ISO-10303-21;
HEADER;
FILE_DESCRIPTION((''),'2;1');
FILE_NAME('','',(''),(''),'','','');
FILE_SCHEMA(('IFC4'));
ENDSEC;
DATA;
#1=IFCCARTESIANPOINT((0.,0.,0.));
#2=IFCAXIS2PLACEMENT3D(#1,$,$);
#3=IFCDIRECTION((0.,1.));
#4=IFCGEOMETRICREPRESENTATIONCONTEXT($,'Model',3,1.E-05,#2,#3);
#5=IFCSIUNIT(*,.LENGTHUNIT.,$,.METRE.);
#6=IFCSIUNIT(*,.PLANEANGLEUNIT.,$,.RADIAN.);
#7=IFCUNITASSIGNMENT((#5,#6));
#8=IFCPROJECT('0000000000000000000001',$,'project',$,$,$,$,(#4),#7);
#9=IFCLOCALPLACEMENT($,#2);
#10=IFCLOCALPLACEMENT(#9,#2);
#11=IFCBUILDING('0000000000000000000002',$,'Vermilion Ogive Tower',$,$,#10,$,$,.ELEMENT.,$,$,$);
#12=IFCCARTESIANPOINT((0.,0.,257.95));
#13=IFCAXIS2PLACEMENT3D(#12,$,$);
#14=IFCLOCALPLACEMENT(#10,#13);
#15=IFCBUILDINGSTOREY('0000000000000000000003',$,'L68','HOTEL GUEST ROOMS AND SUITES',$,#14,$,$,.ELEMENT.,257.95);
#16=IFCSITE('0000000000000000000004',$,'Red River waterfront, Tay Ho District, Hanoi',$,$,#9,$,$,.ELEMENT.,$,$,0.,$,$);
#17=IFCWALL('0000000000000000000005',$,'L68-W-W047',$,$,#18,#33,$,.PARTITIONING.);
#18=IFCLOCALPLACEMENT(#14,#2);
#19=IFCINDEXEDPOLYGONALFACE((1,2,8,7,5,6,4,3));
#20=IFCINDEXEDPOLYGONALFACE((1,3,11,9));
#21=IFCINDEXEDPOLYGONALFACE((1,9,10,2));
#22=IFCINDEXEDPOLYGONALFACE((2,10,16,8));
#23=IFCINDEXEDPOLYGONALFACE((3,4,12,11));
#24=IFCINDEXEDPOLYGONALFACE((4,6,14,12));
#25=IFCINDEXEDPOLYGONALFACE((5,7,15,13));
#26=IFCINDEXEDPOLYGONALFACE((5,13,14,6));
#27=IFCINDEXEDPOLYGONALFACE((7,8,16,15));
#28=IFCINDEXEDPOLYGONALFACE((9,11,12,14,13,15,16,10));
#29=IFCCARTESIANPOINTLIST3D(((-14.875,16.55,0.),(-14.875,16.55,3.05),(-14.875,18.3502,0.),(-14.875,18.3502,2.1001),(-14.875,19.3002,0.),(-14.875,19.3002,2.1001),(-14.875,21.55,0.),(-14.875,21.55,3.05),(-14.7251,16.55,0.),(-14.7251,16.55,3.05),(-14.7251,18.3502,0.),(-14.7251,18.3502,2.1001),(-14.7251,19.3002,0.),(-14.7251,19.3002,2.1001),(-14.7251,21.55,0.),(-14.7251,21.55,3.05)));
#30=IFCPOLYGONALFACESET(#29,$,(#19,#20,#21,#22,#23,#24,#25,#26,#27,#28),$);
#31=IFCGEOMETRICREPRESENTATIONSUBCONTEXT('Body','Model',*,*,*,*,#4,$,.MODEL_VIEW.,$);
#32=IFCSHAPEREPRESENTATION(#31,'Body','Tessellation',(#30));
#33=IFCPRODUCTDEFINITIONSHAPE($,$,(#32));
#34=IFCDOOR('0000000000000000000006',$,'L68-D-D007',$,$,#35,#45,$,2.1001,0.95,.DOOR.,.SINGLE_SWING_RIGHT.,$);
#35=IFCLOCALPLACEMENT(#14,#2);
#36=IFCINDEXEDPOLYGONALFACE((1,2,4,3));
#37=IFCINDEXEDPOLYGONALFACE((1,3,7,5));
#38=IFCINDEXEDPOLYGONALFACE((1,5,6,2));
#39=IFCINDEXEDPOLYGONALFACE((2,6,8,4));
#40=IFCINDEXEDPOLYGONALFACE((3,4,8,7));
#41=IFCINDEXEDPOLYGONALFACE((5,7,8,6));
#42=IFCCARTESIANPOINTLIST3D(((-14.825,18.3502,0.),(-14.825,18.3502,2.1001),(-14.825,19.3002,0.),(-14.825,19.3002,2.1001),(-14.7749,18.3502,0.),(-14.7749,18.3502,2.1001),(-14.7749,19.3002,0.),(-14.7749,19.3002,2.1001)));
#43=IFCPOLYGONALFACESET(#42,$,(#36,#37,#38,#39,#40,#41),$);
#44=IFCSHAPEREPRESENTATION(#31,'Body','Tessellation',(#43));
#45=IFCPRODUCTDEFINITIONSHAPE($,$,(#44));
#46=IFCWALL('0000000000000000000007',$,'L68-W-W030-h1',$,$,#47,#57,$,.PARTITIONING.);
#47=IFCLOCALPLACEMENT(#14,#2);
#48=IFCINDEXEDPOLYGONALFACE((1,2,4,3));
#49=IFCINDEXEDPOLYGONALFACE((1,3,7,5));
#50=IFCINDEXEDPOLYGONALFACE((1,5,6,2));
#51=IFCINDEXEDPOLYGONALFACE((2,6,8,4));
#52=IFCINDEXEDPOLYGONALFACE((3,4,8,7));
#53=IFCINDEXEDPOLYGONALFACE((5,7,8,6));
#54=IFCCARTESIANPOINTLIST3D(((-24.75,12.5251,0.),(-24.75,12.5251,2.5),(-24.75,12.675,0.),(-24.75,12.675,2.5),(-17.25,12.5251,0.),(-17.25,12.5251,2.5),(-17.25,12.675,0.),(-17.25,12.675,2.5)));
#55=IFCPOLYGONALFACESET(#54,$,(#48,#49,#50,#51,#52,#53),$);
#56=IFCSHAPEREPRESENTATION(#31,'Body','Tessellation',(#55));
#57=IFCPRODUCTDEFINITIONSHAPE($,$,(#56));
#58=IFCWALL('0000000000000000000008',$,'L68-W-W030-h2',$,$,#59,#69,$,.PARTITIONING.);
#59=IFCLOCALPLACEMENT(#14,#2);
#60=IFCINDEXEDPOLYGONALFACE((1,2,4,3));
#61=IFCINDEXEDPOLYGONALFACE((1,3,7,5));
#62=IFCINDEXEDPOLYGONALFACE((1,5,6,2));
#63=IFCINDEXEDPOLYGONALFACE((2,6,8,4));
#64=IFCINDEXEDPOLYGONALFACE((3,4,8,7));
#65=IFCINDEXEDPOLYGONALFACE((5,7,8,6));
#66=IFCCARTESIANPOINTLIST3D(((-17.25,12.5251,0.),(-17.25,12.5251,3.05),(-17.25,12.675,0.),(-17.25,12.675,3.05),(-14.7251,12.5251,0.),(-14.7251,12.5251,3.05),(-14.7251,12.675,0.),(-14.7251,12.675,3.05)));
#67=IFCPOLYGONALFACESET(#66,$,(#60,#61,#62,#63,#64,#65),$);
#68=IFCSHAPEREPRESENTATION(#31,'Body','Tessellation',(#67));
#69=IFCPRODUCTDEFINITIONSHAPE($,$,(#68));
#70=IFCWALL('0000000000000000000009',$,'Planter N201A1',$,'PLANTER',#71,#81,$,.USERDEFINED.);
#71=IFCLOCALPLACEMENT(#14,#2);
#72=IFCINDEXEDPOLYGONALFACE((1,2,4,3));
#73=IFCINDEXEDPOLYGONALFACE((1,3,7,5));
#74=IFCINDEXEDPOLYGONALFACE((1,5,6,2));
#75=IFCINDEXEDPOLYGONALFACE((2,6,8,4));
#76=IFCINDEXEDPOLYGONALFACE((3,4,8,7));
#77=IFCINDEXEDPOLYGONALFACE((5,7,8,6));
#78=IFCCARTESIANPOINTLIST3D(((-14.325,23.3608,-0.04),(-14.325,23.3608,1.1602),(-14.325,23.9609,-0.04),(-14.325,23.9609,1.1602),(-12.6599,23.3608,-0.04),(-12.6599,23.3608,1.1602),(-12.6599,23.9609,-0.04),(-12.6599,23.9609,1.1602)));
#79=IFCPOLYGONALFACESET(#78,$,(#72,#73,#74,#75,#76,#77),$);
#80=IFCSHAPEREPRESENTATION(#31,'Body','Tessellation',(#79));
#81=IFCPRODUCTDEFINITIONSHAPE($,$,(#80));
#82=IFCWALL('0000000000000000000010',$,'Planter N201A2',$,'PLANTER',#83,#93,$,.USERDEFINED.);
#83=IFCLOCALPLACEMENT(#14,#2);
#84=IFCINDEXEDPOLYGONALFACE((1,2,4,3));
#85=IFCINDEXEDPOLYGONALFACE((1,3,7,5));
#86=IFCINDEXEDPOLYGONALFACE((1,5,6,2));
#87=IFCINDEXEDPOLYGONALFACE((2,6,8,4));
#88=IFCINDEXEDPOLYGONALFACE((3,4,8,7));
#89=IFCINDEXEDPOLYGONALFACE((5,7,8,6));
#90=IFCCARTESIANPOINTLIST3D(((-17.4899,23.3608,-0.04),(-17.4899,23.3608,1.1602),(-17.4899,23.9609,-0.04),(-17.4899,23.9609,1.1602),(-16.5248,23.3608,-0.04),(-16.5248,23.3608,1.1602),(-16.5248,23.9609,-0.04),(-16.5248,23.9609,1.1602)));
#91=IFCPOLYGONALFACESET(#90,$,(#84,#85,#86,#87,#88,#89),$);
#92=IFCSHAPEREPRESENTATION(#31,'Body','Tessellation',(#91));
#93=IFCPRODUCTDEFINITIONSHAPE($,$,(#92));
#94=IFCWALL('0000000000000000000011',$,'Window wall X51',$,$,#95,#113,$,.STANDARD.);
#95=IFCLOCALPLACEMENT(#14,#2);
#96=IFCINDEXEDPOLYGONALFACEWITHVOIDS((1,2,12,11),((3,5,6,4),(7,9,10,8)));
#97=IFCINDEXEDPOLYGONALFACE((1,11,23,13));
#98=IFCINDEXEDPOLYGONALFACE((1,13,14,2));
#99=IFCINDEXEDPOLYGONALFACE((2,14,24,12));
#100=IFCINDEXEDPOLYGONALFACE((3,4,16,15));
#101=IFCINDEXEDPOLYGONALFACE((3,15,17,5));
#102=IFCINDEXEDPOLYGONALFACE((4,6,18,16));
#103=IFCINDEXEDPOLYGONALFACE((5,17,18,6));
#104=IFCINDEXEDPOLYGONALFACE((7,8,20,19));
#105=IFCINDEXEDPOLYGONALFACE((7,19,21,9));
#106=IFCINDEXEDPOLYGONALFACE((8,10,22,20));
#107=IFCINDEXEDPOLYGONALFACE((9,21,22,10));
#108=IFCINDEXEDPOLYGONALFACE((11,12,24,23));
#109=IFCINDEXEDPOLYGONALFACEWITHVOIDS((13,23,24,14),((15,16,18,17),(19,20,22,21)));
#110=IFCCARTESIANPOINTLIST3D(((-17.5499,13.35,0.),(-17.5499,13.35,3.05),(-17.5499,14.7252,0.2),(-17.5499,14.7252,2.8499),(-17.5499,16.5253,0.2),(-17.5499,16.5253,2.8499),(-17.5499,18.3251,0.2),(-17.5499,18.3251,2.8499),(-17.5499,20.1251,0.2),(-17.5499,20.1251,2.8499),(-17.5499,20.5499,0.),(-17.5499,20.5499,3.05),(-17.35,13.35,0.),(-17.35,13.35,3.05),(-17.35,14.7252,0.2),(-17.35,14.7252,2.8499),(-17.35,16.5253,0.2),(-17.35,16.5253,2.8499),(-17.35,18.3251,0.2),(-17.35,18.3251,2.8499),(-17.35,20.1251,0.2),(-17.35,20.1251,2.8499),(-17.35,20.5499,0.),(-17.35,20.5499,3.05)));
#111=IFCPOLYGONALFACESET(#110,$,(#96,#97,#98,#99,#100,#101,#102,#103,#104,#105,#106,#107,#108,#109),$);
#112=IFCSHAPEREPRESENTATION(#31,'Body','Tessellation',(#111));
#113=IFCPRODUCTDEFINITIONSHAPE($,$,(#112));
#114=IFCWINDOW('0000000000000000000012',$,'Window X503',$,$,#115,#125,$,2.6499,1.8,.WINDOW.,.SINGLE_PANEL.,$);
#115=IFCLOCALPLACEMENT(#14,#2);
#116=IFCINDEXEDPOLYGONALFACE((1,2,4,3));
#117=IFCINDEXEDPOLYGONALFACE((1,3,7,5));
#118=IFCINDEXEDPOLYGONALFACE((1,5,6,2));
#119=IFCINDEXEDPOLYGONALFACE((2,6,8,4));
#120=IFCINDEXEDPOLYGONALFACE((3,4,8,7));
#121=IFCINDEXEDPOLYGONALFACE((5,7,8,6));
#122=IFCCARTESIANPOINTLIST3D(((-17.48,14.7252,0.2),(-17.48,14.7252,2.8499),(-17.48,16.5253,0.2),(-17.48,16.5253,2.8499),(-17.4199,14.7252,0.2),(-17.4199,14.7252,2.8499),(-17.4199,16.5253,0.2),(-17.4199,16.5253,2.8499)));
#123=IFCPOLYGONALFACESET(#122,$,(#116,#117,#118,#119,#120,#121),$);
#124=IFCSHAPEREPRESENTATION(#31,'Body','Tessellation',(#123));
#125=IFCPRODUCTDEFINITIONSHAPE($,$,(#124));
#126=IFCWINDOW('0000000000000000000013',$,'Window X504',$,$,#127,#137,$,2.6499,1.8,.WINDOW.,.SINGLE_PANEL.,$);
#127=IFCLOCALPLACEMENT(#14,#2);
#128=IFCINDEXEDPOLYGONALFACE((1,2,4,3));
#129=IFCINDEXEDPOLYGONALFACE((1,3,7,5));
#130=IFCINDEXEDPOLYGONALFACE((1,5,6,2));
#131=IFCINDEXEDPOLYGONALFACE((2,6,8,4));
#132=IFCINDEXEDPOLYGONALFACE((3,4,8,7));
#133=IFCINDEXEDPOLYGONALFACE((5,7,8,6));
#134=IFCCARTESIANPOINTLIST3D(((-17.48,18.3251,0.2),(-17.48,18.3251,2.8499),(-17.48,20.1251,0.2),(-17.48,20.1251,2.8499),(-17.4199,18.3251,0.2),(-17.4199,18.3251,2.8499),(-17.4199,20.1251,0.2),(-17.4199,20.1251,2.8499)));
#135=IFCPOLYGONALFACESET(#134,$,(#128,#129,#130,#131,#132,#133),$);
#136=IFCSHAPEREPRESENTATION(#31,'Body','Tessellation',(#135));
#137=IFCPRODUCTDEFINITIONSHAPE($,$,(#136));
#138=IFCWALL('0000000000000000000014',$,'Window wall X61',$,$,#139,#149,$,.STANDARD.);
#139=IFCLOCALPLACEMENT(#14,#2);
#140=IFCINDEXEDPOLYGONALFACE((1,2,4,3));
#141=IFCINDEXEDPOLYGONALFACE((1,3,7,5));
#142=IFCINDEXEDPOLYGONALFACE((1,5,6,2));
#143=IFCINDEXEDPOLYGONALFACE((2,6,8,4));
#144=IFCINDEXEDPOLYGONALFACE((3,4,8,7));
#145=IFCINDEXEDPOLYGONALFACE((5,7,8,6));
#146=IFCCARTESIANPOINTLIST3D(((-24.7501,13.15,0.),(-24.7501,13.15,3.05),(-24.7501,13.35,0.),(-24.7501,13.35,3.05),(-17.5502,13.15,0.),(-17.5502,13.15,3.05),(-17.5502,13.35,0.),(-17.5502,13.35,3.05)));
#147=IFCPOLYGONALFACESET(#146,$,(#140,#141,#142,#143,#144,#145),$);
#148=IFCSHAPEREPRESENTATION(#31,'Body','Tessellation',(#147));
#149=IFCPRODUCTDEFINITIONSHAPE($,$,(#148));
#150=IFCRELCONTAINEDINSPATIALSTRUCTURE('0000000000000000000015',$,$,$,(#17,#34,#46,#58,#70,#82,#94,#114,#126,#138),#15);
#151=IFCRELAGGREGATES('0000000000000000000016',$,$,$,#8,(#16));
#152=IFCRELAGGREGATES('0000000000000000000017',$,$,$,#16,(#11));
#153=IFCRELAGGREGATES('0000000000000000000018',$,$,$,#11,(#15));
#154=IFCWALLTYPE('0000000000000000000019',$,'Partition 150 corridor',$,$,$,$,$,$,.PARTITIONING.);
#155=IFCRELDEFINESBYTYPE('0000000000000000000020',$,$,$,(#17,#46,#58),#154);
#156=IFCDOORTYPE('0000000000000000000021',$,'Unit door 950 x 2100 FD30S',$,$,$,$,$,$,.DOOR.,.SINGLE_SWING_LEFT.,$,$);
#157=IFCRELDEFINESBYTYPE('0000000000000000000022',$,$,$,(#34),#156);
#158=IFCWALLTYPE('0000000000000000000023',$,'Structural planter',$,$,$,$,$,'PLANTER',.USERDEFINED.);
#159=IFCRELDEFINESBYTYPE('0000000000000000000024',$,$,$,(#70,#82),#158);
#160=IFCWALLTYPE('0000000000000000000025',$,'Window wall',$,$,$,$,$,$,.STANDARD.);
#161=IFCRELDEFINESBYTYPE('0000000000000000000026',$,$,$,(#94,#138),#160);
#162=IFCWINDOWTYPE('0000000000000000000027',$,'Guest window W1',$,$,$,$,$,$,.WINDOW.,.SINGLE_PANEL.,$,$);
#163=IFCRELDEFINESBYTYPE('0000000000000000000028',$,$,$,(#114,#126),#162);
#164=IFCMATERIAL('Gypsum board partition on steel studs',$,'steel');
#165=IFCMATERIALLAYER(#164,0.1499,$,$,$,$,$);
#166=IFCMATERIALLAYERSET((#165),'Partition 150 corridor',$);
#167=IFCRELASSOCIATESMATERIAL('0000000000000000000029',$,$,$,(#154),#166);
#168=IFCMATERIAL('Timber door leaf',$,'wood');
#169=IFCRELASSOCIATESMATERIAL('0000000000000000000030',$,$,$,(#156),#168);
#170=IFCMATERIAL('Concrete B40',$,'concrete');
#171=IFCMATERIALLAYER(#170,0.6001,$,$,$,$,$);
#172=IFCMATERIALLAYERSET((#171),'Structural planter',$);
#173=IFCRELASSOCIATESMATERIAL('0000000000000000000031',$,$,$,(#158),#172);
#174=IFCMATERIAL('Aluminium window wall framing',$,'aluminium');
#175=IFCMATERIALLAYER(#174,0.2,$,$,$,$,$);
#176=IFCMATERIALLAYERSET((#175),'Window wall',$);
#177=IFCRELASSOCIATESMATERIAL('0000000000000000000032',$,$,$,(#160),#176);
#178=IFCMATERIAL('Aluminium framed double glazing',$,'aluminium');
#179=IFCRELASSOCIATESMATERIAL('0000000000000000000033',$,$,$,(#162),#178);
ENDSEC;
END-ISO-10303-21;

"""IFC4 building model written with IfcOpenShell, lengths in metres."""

from ifc_helpers import new_model, si_unit, direction, frame, frame_2d, origin, place, context, subcontext, project, spatial, rectangle, extrude, material, layer, layer_set, type_object, element, fill, save


model = new_model("IFC4")

# Units and contexts
model_context = context("Model", 3, precision=1e-05, world=origin(), true_north=direction((0.0, 1.0)))
body_context = subcontext(model_context, "Body", "Model", "MODEL_VIEW")
ifc_project = project(units=[si_unit("LENGTHUNIT", "METRE"), si_unit("PLANEANGLEUNIT", "RADIAN")], contexts=[model_context])

# Site, building, storey
site_placement = place(None, origin())
site = spatial("IfcSite", under=ifc_project, at=site_placement, Name="Red River waterfront, Tay Ho District, Hanoi", CompositionType="ELEMENT", RefElevation=0.0)
building_placement = place(site_placement, origin())
building = spatial("IfcBuilding", under=site, at=building_placement, Name="Vermilion Ogive Tower", CompositionType="ELEMENT")
storey_placement = place(building_placement, frame((0.0, 0.0, 257.95)))
storey = spatial("IfcBuildingStorey", under=building, at=storey_placement, Name="L68", Description="HOTEL GUEST ROOMS AND SUITES", CompositionType="ELEMENT", Elevation=257.95)

# Shared definitions
ifc_material_1 = material(Name="Gypsum board partition on steel studs", Category="steel")
ifc_layer_1 = layer(ifc_material_1, 0.1499)
ifc_layer_set_1 = layer_set([ifc_layer_1], Name="Partition 150 corridor")
wall_type_1 = type_object("IfcWallType", Name="Partition 150 corridor", PredefinedType="PARTITIONING", material=ifc_layer_set_1)

# Wall, opening, door
wall_1_placement = place(storey_placement, frame((-14.8, 16.55, 0.0), z_axis=(0.0, 0.0, 1.0), x_axis=(0.0, 1.0, 0.0)))
wall_1 = element("IfcWall", 1, at=wall_1_placement, inside=storey, type_object=wall_type_1, Name="L68-W-W047", PredefinedType="PARTITIONING", context=body_context, shape_type="SweptSolid", body=[
    extrude(rectangle(XDim=5.0, YDim=0.1499, at=frame_2d((2.5, 0.0))), origin(), (0.0, 0.0, 1.0), 3.05),
])
opening_1_placement = place(wall_1_placement, frame((1.8, 0.0, 0.0)))
opening_1 = element("IfcOpeningElement", 2, at=opening_1_placement, cuts=wall_1, PredefinedType="OPENING", context=body_context, shape_type="SweptSolid", body=[
    extrude(rectangle(XDim=0.95, YDim=2.1001, at=frame_2d((0.4751, 1.05))), frame((0.0, 0.085, 0.0), z_axis=(0.0, -1.0, 0.0), x_axis=(1.0, 0.0, 0.0)), (0.0, 0.0, 1.0), 0.1699),
])
ifc_material_2 = material(Name="Timber door leaf", Category="wood")
door_type_1 = type_object("IfcDoorType", Name="Unit door 950 x 2100 FD30S", OperationType="SINGLE_SWING_LEFT", PredefinedType="DOOR", material=ifc_material_2)
door_1_placement = place(opening_1_placement, origin())
door_1 = element("IfcDoor", 3, at=door_1_placement, inside=storey, type_object=door_type_1, Name="L68-D-D007", OperationType="SINGLE_SWING_RIGHT", OverallHeight=2.1001, OverallWidth=0.95, PredefinedType="DOOR", context=body_context, shape_type="SweptSolid", body=[
    extrude(rectangle(XDim=0.95, YDim=2.1001, at=frame_2d((0.4751, 1.05))), frame((0.0, 0.0249, 0.0), z_axis=(0.0, -1.0, 0.0), x_axis=(1.0, 0.0, 0.0)), (0.0, 0.0, 1.0), 0.05),
])
fill(opening_1, door_1)

# Walls
wall_2_placement = place(storey_placement, frame((-24.75, 12.6001, 0.0), z_axis=(0.0, 0.0, 1.0), x_axis=(1.0, 0.0, 0.0)))
element("IfcWall", 4, at=wall_2_placement, inside=storey, type_object=wall_type_1, Name="L68-W-W030-h1", PredefinedType="PARTITIONING", context=body_context, shape_type="SweptSolid", body=[
    extrude(rectangle(XDim=7.5, YDim=0.1499, at=frame_2d((3.75, 0.0))), origin(), (0.0, 0.0, 1.0), 2.5),
])
wall_3_placement = place(storey_placement, frame((-17.25, 12.6001, 0.0), z_axis=(0.0, 0.0, 1.0), x_axis=(1.0, 0.0, 0.0)))
element("IfcWall", 5, at=wall_3_placement, inside=storey, type_object=wall_type_1, Name="L68-W-W030-h2", PredefinedType="PARTITIONING", context=body_context, shape_type="SweptSolid", body=[
    extrude(rectangle(XDim=2.5249, YDim=0.1499, at=frame_2d((1.2625, 0.0))), origin(), (0.0, 0.0, 1.0), 3.05),
])
ifc_material_3 = material(Name="Concrete B40", Category="concrete")
ifc_layer_2 = layer(ifc_material_3, 0.6001)
ifc_layer_set_2 = layer_set([ifc_layer_2], Name="Structural planter")
wall_type_2 = type_object("IfcWallType", Name="Structural planter", ElementType="PLANTER", PredefinedType="USERDEFINED", material=ifc_layer_set_2)
wall_4_placement = place(storey_placement, frame((-12.6599, 23.6609, -0.04), z_axis=(0.0, 0.0, 1.0), x_axis=(-1.0, 0.0, 0.0)))
element("IfcWall", 6, at=wall_4_placement, inside=storey, type_object=wall_type_2, Name="Planter N201A1", ObjectType="PLANTER", PredefinedType="USERDEFINED", context=body_context, shape_type="SweptSolid", body=[
    extrude(rectangle(XDim=1.665, YDim=0.6001, at=frame_2d((0.8325, 0.0))), origin(), (0.0, 0.0, 1.0), 1.2002),
])
wall_5_placement = place(storey_placement, frame((-16.5249, 23.6609, -0.04), z_axis=(0.0, 0.0, 1.0), x_axis=(-1.0, 0.0, 0.0)))
element("IfcWall", 7, at=wall_5_placement, inside=storey, type_object=wall_type_2, Name="Planter N201A2", ObjectType="PLANTER", PredefinedType="USERDEFINED", context=body_context, shape_type="SweptSolid", body=[
    extrude(rectangle(XDim=0.9651, YDim=0.6001, at=frame_2d((0.4824, 0.0))), origin(), (0.0, 0.0, 1.0), 1.2002),
])

# Shared definitions
ifc_material_4 = material(Name="Aluminium window wall framing", Category="aluminium")
ifc_layer_3 = layer(ifc_material_4, 0.2)
ifc_layer_set_3 = layer_set([ifc_layer_3], Name="Window wall")
wall_type_3 = type_object("IfcWallType", Name="Window wall", PredefinedType="STANDARD", material=ifc_layer_set_3)
ifc_material_5 = material(Name="Aluminium framed double glazing", Category="aluminium")
window_type = type_object("IfcWindowType", Name="Guest window W1", PartitioningType="SINGLE_PANEL", PredefinedType="WINDOW", material=ifc_material_5)

# Wall, openings, windows
wall_6_placement = place(storey_placement, frame((-17.45, 20.55, 0.0), z_axis=(0.0, 0.0, 1.0), x_axis=(0.0, -1.0, 0.0)))
wall_6 = element("IfcWall", 8, at=wall_6_placement, inside=storey, type_object=wall_type_3, Name="Window wall X51", PredefinedType="STANDARD", context=body_context, shape_type="SweptSolid", body=[
    extrude(rectangle(XDim=7.2, YDim=0.2, at=frame_2d((3.6001, 0.0))), origin(), (0.0, 0.0, 1.0), 3.05),
])
opening_2_placement = place(wall_6_placement, frame((4.0249, 0.0, 0.2)))
opening_2 = element("IfcOpeningElement", 9, at=opening_2_placement, cuts=wall_6, PredefinedType="OPENING", context=body_context, shape_type="SweptSolid", body=[
    extrude(rectangle(XDim=1.8, YDim=2.6499, at=frame_2d((0.8999, 1.325))), frame((0.0, 0.1099, 0.0), z_axis=(0.0, -1.0, 0.0), x_axis=(1.0, 0.0, 0.0)), (0.0, 0.0, 1.0), 0.22),
])
opening_3_placement = place(wall_6_placement, frame((0.425, 0.0, 0.2)))
opening_3 = element("IfcOpeningElement", 10, at=opening_3_placement, cuts=wall_6, PredefinedType="OPENING", context=body_context, shape_type="SweptSolid", body=[
    extrude(rectangle(XDim=1.8, YDim=2.6499, at=frame_2d((0.8999, 1.325))), frame((0.0, 0.1099, 0.0), z_axis=(0.0, -1.0, 0.0), x_axis=(1.0, 0.0, 0.0)), (0.0, 0.0, 1.0), 0.22),
])
window_1_placement = place(opening_2_placement, origin())
window_1 = element("IfcWindow", 11, at=window_1_placement, inside=storey, type_object=window_type, Name="Window X503", OverallHeight=2.6499, OverallWidth=1.8, PartitioningType="SINGLE_PANEL", PredefinedType="WINDOW", context=body_context, shape_type="SweptSolid", body=[
    extrude(rectangle(XDim=1.8, YDim=2.6499, at=frame_2d((0.8999, 1.325))), frame((0.0, 0.03, 0.0), z_axis=(0.0, -1.0, 0.0), x_axis=(1.0, 0.0, 0.0)), (0.0, 0.0, 1.0), 0.0601),
])
fill(opening_2, window_1)
window_2_placement = place(opening_3_placement, origin())
window_2 = element("IfcWindow", 12, at=window_2_placement, inside=storey, type_object=window_type, Name="Window X504", OverallHeight=2.6499, OverallWidth=1.8, PartitioningType="SINGLE_PANEL", PredefinedType="WINDOW", context=body_context, shape_type="SweptSolid", body=[
    extrude(rectangle(XDim=1.8, YDim=2.6499, at=frame_2d((0.8999, 1.325))), frame((0.0, 0.03, 0.0), z_axis=(0.0, -1.0, 0.0), x_axis=(1.0, 0.0, 0.0)), (0.0, 0.0, 1.0), 0.0601),
])
fill(opening_3, window_2)

# Wall
wall_7_placement = place(storey_placement, frame((-17.55, 13.25, 0.0), z_axis=(0.0, 0.0, 1.0), x_axis=(-1.0, 0.0, 0.0)))
element("IfcWall", 13, at=wall_7_placement, inside=storey, type_object=wall_type_3, Name="Window wall X61", PredefinedType="STANDARD", context=body_context, shape_type="SweptSolid", body=[
    extrude(rectangle(XDim=7.2, YDim=0.2, at=frame_2d((3.6001, 0.0))), origin(), (0.0, 0.0, 1.0), 3.05),
])

save(model, "model.ifc")
